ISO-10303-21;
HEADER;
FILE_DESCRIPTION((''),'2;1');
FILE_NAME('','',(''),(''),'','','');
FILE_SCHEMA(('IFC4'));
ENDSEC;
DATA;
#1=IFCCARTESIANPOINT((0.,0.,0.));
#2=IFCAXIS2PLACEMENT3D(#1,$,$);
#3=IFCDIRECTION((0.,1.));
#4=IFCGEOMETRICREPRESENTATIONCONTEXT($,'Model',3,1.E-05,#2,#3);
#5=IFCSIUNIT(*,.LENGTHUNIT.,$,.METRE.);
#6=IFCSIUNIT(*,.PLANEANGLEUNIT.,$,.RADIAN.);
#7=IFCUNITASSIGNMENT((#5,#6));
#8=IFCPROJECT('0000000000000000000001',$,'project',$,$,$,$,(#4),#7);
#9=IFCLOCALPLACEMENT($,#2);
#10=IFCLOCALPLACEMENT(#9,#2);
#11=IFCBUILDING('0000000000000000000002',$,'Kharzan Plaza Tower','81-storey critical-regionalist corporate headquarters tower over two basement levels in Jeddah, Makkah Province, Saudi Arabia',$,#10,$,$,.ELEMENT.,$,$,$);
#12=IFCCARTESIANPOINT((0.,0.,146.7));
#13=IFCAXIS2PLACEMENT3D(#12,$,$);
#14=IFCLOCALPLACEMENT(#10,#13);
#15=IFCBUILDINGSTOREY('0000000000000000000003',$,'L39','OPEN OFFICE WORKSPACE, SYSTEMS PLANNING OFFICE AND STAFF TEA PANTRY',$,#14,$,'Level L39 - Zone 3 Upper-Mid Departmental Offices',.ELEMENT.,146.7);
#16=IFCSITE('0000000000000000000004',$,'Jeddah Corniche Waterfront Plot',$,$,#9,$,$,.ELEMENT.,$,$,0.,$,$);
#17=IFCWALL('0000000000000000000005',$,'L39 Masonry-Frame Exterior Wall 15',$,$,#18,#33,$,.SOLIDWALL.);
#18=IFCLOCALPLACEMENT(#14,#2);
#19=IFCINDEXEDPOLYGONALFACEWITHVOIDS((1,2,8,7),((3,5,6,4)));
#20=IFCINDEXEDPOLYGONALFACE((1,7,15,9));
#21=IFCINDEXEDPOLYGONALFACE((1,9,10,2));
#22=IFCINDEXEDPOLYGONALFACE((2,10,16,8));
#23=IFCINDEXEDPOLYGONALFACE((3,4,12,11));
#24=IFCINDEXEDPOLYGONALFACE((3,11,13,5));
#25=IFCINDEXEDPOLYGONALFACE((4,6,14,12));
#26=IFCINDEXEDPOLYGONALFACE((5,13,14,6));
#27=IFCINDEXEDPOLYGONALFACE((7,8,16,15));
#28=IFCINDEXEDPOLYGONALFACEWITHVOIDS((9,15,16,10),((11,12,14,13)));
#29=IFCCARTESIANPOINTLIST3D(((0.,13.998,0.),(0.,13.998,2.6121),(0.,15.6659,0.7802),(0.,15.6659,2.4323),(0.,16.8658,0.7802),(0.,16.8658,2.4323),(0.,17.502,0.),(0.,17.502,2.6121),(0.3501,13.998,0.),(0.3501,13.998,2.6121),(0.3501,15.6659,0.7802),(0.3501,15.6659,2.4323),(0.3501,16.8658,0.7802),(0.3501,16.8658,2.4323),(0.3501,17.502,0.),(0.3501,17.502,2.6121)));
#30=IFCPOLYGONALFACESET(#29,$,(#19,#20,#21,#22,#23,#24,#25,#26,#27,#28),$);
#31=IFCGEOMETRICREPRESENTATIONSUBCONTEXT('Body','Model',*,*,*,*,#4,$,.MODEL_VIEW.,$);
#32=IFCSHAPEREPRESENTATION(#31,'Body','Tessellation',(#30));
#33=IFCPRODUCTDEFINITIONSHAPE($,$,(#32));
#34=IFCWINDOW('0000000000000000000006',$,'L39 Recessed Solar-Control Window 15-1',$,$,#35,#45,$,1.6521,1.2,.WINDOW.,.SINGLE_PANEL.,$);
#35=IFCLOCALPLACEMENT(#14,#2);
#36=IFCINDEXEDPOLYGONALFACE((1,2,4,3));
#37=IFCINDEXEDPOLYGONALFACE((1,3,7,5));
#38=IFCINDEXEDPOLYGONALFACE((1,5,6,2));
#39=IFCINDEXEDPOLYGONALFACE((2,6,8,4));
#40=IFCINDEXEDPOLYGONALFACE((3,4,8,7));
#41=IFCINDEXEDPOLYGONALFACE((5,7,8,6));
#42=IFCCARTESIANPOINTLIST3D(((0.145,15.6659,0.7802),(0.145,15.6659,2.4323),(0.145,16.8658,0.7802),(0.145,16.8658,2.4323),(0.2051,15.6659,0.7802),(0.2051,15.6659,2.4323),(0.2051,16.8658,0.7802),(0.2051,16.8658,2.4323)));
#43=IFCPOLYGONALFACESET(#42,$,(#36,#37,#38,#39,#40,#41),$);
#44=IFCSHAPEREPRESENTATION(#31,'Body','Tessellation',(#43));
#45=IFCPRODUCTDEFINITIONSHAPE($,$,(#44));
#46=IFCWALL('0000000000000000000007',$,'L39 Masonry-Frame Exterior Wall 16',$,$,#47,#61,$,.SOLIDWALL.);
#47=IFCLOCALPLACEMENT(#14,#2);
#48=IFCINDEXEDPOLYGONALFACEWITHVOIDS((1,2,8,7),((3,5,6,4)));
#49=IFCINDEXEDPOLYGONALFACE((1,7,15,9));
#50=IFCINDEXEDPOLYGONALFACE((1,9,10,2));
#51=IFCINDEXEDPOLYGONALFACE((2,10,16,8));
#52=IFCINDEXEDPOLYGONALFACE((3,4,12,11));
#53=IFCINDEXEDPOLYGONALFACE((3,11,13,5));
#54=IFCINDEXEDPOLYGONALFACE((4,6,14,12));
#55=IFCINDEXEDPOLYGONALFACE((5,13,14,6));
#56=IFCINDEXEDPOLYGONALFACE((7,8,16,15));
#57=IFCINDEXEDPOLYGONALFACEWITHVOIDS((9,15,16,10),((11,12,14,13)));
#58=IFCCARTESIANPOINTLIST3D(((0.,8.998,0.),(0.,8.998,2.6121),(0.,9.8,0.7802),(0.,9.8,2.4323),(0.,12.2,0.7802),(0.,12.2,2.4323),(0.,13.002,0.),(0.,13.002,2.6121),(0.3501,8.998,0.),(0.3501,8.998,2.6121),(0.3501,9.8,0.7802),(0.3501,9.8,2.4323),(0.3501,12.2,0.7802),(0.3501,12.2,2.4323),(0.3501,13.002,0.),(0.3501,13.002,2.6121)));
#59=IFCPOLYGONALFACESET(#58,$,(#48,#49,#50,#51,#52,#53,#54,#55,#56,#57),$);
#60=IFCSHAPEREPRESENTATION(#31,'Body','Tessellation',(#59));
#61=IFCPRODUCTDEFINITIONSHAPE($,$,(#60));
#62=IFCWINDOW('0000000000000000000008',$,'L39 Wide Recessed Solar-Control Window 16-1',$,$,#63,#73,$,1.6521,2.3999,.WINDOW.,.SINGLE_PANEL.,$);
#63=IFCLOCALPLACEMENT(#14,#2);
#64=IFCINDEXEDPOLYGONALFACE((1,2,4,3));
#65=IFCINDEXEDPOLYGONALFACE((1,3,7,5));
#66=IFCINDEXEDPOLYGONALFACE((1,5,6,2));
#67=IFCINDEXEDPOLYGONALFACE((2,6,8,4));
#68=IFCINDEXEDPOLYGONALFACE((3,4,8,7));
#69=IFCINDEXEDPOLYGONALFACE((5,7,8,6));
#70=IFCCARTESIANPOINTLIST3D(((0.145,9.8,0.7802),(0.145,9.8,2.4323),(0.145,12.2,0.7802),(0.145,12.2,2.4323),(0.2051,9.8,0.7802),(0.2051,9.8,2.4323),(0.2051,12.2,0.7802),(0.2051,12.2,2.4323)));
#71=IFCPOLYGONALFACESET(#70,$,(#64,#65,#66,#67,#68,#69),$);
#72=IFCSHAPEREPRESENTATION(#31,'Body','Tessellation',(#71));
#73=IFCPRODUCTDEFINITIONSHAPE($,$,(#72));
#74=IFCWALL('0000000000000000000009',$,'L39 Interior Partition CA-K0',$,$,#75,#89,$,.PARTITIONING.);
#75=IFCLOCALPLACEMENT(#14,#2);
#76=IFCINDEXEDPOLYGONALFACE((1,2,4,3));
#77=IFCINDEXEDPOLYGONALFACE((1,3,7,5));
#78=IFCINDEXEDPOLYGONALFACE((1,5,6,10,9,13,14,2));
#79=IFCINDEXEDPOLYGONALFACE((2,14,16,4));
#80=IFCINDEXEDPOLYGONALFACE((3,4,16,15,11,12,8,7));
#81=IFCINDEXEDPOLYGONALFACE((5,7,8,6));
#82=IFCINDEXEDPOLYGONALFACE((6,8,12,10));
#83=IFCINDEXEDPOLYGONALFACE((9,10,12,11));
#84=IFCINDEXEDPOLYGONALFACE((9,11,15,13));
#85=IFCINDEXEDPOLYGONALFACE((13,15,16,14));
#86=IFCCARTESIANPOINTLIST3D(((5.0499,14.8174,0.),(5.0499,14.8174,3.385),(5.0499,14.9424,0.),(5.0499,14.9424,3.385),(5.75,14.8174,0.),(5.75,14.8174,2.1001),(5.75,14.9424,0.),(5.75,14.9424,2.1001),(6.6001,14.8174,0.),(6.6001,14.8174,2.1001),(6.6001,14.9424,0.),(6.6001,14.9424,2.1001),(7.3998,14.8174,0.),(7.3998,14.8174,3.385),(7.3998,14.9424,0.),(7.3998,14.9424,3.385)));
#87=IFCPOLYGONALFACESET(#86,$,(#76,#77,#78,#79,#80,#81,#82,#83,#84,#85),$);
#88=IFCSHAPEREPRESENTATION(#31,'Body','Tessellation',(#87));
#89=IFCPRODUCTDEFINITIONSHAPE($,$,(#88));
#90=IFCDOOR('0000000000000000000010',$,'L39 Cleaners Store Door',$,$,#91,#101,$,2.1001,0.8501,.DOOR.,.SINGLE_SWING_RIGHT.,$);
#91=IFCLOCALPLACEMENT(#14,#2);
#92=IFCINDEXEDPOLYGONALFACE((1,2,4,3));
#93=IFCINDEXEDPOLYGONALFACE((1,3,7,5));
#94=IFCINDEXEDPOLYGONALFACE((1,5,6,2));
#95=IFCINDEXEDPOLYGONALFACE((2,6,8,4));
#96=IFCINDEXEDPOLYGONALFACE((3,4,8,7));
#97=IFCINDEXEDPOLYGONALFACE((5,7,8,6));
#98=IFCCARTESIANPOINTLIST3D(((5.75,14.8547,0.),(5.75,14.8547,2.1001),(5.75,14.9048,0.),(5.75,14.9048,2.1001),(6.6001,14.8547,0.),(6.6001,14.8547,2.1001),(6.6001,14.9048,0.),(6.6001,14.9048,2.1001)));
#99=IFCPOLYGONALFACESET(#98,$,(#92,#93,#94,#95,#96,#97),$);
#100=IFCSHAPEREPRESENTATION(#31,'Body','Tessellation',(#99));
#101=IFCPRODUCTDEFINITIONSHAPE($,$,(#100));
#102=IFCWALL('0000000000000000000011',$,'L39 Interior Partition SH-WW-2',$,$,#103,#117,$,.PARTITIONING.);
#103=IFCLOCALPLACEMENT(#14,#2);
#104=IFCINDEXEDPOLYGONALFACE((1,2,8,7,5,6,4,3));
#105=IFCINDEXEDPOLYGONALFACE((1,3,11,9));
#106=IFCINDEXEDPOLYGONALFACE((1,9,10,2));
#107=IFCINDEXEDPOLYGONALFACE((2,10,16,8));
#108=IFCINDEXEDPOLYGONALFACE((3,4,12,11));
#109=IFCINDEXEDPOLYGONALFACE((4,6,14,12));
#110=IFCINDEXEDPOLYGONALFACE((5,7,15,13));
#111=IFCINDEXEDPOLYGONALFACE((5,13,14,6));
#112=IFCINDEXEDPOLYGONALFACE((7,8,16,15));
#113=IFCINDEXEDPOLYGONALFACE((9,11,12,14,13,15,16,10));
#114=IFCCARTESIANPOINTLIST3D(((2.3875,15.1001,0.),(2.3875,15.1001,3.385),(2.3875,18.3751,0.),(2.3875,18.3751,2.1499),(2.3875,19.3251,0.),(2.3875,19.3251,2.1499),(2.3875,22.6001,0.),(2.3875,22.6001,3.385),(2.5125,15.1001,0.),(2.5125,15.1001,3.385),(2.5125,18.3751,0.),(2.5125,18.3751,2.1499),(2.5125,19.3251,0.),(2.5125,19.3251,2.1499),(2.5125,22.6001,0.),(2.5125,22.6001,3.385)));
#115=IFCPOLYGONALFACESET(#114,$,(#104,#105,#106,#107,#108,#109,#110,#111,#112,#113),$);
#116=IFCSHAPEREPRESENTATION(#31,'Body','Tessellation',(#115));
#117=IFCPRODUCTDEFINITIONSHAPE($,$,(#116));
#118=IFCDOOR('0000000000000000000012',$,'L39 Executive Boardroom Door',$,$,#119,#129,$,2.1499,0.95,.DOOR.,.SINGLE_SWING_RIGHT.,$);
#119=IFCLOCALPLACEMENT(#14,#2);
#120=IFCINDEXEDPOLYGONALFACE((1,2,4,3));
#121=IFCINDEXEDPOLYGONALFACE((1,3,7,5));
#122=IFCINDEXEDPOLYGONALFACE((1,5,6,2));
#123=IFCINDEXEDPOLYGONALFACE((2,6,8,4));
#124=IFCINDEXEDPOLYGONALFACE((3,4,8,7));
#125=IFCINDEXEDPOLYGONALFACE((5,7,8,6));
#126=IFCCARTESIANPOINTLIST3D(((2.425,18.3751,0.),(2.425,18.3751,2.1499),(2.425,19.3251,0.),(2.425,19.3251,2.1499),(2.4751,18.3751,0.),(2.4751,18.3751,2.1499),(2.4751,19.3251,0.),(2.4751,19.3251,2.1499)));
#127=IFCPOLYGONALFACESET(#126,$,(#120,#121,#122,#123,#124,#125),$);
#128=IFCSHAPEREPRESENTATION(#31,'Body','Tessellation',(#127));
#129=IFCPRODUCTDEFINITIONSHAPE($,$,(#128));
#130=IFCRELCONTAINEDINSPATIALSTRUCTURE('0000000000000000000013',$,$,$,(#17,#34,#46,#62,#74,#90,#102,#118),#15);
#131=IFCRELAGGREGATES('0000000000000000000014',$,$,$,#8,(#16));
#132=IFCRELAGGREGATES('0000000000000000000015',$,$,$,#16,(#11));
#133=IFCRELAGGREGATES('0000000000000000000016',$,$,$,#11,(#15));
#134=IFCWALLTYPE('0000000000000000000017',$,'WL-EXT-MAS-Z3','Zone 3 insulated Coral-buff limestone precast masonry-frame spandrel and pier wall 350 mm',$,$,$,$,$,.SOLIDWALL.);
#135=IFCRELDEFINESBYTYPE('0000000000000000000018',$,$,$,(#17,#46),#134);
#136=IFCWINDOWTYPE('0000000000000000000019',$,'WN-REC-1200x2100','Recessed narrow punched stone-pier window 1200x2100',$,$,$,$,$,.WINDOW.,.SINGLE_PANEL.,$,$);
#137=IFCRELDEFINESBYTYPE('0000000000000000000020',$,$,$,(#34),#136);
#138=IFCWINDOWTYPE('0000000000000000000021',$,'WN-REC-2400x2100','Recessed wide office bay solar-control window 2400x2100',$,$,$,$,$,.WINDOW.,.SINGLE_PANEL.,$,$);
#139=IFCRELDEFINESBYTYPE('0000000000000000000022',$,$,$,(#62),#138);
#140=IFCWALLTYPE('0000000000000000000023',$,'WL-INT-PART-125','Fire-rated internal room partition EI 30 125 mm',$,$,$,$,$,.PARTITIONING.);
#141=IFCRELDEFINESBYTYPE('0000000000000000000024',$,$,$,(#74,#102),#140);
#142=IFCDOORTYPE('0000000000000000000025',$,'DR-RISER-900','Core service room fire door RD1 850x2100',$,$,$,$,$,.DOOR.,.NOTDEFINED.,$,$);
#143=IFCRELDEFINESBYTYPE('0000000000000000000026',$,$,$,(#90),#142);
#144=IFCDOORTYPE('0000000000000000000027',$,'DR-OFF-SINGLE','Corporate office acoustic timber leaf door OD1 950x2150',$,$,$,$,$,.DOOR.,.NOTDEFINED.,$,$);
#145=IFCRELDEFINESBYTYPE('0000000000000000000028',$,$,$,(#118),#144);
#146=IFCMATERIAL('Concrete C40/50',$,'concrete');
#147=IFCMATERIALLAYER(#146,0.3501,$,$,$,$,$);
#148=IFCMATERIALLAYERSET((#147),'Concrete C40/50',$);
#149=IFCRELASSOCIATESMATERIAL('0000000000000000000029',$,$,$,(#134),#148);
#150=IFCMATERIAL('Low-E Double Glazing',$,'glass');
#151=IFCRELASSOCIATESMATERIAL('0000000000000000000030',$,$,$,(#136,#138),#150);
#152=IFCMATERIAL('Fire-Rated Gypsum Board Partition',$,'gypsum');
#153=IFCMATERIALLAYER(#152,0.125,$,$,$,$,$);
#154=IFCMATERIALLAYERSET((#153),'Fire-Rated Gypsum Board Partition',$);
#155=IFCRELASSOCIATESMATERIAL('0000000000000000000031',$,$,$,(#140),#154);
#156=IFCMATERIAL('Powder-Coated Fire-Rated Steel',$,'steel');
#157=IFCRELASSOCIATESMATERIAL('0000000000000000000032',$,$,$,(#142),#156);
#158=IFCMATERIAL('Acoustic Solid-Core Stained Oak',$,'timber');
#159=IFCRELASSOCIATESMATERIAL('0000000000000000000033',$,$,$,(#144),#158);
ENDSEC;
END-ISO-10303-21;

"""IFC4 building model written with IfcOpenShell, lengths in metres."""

from ifc_helpers import new_model, si_unit, direction, frame, frame_2d, origin, place, context, subcontext, project, spatial, rectangle, extrude, source, transform, mapped, material, layer, layer_set, type_object, element, fill, save


model = new_model("IFC4")

# Units and contexts
model_context = context("Model", 3, precision=1e-05, world=origin(), true_north=direction((0.0, 1.0)))
body_context = subcontext(model_context, "Body", "Model", "MODEL_VIEW")
ifc_project = project(units=[si_unit("LENGTHUNIT", "METRE"), si_unit("PLANEANGLEUNIT", "RADIAN")], contexts=[model_context])

# Site, building, storey
site_placement = place(None, origin())
site = spatial("IfcSite", under=ifc_project, at=site_placement, Name="Jeddah Corniche Waterfront Plot", CompositionType="ELEMENT", RefElevation=0.0)
building_placement = place(site_placement, origin())
building = spatial("IfcBuilding", under=site, at=building_placement, Name="Kharzan Plaza Tower", Description="81-storey critical-regionalist corporate headquarters tower over two basement levels in Jeddah, Makkah Province, Saudi Arabia", CompositionType="ELEMENT")
storey_placement = place(building_placement, frame((0.0, 0.0, 146.7)))
storey = spatial("IfcBuildingStorey", under=building, at=storey_placement, Name="L39", Description="OPEN OFFICE WORKSPACE, SYSTEMS PLANNING OFFICE AND STAFF TEA PANTRY", LongName="Level L39 - Zone 3 Upper-Mid Departmental Offices", CompositionType="ELEMENT", Elevation=146.7)

# Walls, openings, windows
ifc_material_1 = material(Name="Concrete C40/50", Category="concrete")
ifc_layer_1 = layer(ifc_material_1, 0.3501)
ifc_layer_set_1 = layer_set([ifc_layer_1], Name="Concrete C40/50")
wall_type_1 = type_object("IfcWallType", Name="WL-EXT-MAS-Z3", Description="Zone 3 insulated Coral-buff limestone precast masonry-frame spandrel and pier wall 350 mm", PredefinedType="SOLIDWALL", material=ifc_layer_set_1)
wall_1_placement = place(storey_placement, frame((0.175, 17.502, 0.0), z_axis=(0.0, 0.0, 1.0), x_axis=(0.0, -1.0, 0.0)))
wall_1 = element("IfcWall", 1, at=wall_1_placement, inside=storey, type_object=wall_type_1, Name="L39 Masonry-Frame Exterior Wall 15", PredefinedType="SOLIDWALL", context=body_context, shape_type="SweptSolid", body=[
    extrude(rectangle(XDim=3.5039, YDim=0.3501, at=frame_2d((1.752, 0.0))), origin(), (0.0, 0.0, 1.0), 2.6121),
])
opening_1_placement = place(wall_1_placement, frame((0.636, 0.0, 0.78)))
opening_1 = element("IfcOpeningElement", 2, at=opening_1_placement, cuts=wall_1, PredefinedType="OPENING", context=body_context, shape_type="SweptSolid", body=[
    extrude(rectangle(XDim=1.2, YDim=1.6521, at=frame_2d((0.6001, 0.8262))), frame((0.0, 0.1851, 0.0), z_axis=(0.0, -1.0, 0.0), x_axis=(1.0, 0.0, 0.0)), (0.0, 0.0, 1.0), 0.3701),
])
ifc_material_2 = material(Name="Low-E Double Glazing", Category="glass")
window_type_1 = type_object("IfcWindowType", Name="WN-REC-1200x2100", Description="Recessed narrow punched stone-pier window 1200x2100", PartitioningType="SINGLE_PANEL", PredefinedType="WINDOW", material=ifc_material_2)
shared_shape_1 = source(origin(), body_context, "Body", "SweptSolid", [
    extrude(rectangle(XDim=1.2, YDim=1.6521, at=frame_2d((0.6001, 0.8262))), frame((0.0, 0.03, 0.0), z_axis=(0.0, -1.0, 0.0), x_axis=(1.0, 0.0, 0.0)), (0.0, 0.0, 1.0), 0.0601),
])
window_1_placement = place(opening_1_placement, origin())
window_1 = element("IfcWindow", 3, at=window_1_placement, inside=storey, type_object=window_type_1, Name="L39 Recessed Solar-Control Window 15-1", OverallHeight=1.6521, OverallWidth=1.2, PartitioningType="SINGLE_PANEL", PredefinedType="WINDOW", context=body_context, shape_type="MappedRepresentation", body=[
    mapped(shared_shape_1, transform((0.0, 0.0, 0.0), x_axis=(1.0, 0.0, 0.0), y_axis=(0.0, 1.0, 0.0), z_axis=(0.0, 0.0, 1.0))),
])
fill(opening_1, window_1)
wall_2_placement = place(storey_placement, frame((0.175, 13.002, 0.0), z_axis=(0.0, 0.0, 1.0), x_axis=(0.0, -1.0, 0.0)))
wall_2 = element("IfcWall", 4, at=wall_2_placement, inside=storey, type_object=wall_type_1, Name="L39 Masonry-Frame Exterior Wall 16", PredefinedType="SOLIDWALL", context=body_context, shape_type="SweptSolid", body=[
    extrude(rectangle(XDim=4.0039, YDim=0.3501, at=frame_2d((2.002, 0.0))), origin(), (0.0, 0.0, 1.0), 2.6121),
])
opening_2_placement = place(wall_2_placement, frame((0.802, 0.0, 0.78)))
opening_2 = element("IfcOpeningElement", 5, at=opening_2_placement, cuts=wall_2, PredefinedType="OPENING", context=body_context, shape_type="SweptSolid", body=[
    extrude(rectangle(XDim=2.3999, YDim=1.6521, at=frame_2d((1.2, 0.8262))), frame((0.0, 0.1851, 0.0), z_axis=(0.0, -1.0, 0.0), x_axis=(1.0, 0.0, 0.0)), (0.0, 0.0, 1.0), 0.3701),
])
window_type_2 = type_object("IfcWindowType", Name="WN-REC-2400x2100", Description="Recessed wide office bay solar-control window 2400x2100", PartitioningType="SINGLE_PANEL", PredefinedType="WINDOW", material=ifc_material_2)
shared_shape_2 = source(origin(), body_context, "Body", "SweptSolid", [
    extrude(rectangle(XDim=2.3999, YDim=1.6521, at=frame_2d((1.2, 0.8262))), frame((0.0, 0.03, 0.0), z_axis=(0.0, -1.0, 0.0), x_axis=(1.0, 0.0, 0.0)), (0.0, 0.0, 1.0), 0.0601),
])
window_2_placement = place(opening_2_placement, origin())
window_2 = element("IfcWindow", 6, at=window_2_placement, inside=storey, type_object=window_type_2, Name="L39 Wide Recessed Solar-Control Window 16-1", OverallHeight=1.6521, OverallWidth=2.3999, PartitioningType="SINGLE_PANEL", PredefinedType="WINDOW", context=body_context, shape_type="MappedRepresentation", body=[
    mapped(shared_shape_2, transform((0.0, 0.0, 0.0), x_axis=(1.0, 0.0, 0.0), y_axis=(0.0, 1.0, 0.0), z_axis=(0.0, 0.0, 1.0))),
])
fill(opening_2, window_2)

# Walls, openings, doors
ifc_material_3 = material(Name="Fire-Rated Gypsum Board Partition", Category="gypsum")
ifc_layer_2 = layer(ifc_material_3, 0.125)
ifc_layer_set_2 = layer_set([ifc_layer_2], Name="Fire-Rated Gypsum Board Partition")
wall_type_2 = type_object("IfcWallType", Name="WL-INT-PART-125", Description="Fire-rated internal room partition EI 30 125 mm", PredefinedType="PARTITIONING", material=ifc_layer_set_2)
wall_3_placement = place(storey_placement, frame((5.05, 14.8799, 0.0), z_axis=(0.0, 0.0, 1.0), x_axis=(1.0, 0.0, 0.0)))
wall_3 = element("IfcWall", 7, at=wall_3_placement, inside=storey, type_object=wall_type_2, Name="L39 Interior Partition CA-K0", PredefinedType="PARTITIONING", context=body_context, shape_type="SweptSolid", body=[
    extrude(rectangle(XDim=2.3499, YDim=0.125, at=frame_2d((1.1748, 0.0))), origin(), (0.0, 0.0, 1.0), 3.385),
])
opening_3_placement = place(wall_3_placement, frame((0.7, 0.0, 0.0)))
opening_3 = element("IfcOpeningElement", 8, at=opening_3_placement, cuts=wall_3, PredefinedType="OPENING", context=body_context, shape_type="SweptSolid", body=[
    extrude(rectangle(XDim=0.8501, YDim=2.1001, at=frame_2d((0.425, 1.05))), frame((0.0, 0.0725, 0.0), z_axis=(0.0, -1.0, 0.0), x_axis=(1.0, 0.0, 0.0)), (0.0, 0.0, 1.0), 0.145),
])
ifc_material_4 = material(Name="Powder-Coated Fire-Rated Steel", Category="steel")
door_type_1 = type_object("IfcDoorType", Name="DR-RISER-900", Description="Core service room fire door RD1 850x2100", OperationType="NOTDEFINED", PredefinedType="DOOR", material=ifc_material_4)
shared_shape_3 = source(origin(), body_context, "Body", "SweptSolid", [
    extrude(rectangle(XDim=0.8501, YDim=2.1001, at=frame_2d((0.425, 1.05))), frame((0.0, 0.0249, 0.0), z_axis=(0.0, -1.0, 0.0), x_axis=(1.0, 0.0, 0.0)), (0.0, 0.0, 1.0), 0.05),
])
door_1_placement = place(opening_3_placement, origin())
door_1 = element("IfcDoor", 9, at=door_1_placement, inside=storey, type_object=door_type_1, Name="L39 Cleaners Store Door", OperationType="SINGLE_SWING_RIGHT", OverallHeight=2.1001, OverallWidth=0.8501, PredefinedType="DOOR", context=body_context, shape_type="MappedRepresentation", body=[
    mapped(shared_shape_3, transform((0.0, 0.0, 0.0), x_axis=(1.0, 0.0, 0.0), y_axis=(0.0, 1.0, 0.0), z_axis=(0.0, 0.0, 1.0))),
])
fill(opening_3, door_1)
wall_4_placement = place(storey_placement, frame((2.45, 15.1001, 0.0), z_axis=(0.0, 0.0, 1.0), x_axis=(0.0, 1.0, 0.0)))
wall_4 = element("IfcWall", 10, at=wall_4_placement, inside=storey, type_object=wall_type_2, Name="L39 Interior Partition SH-WW-2", PredefinedType="PARTITIONING", context=body_context, shape_type="SweptSolid", body=[
    extrude(rectangle(XDim=7.5, YDim=0.125, at=frame_2d((3.75, 0.0))), origin(), (0.0, 0.0, 1.0), 3.385),
])
opening_4_placement = place(wall_4_placement, frame((3.2749, 0.0, 0.0)))
opening_4 = element("IfcOpeningElement", 11, at=opening_4_placement, cuts=wall_4, PredefinedType="OPENING", context=body_context, shape_type="SweptSolid", body=[
    extrude(rectangle(XDim=0.95, YDim=2.1499, at=frame_2d((0.4751, 1.075))), frame((0.0, 0.0725, 0.0), z_axis=(0.0, -1.0, 0.0), x_axis=(1.0, 0.0, 0.0)), (0.0, 0.0, 1.0), 0.145),
])
ifc_material_5 = material(Name="Acoustic Solid-Core Stained Oak", Category="timber")
door_type_2 = type_object("IfcDoorType", Name="DR-OFF-SINGLE", Description="Corporate office acoustic timber leaf door OD1 950x2150", OperationType="NOTDEFINED", PredefinedType="DOOR", material=ifc_material_5)
shared_shape_4 = source(origin(), body_context, "Body", "SweptSolid", [
    extrude(rectangle(XDim=0.95, YDim=2.1499, at=frame_2d((0.4751, 1.075))), frame((0.0, 0.0249, 0.0), z_axis=(0.0, -1.0, 0.0), x_axis=(1.0, 0.0, 0.0)), (0.0, 0.0, 1.0), 0.05),
])
door_2_placement = place(opening_4_placement, origin())
door_2 = element("IfcDoor", 12, at=door_2_placement, inside=storey, type_object=door_type_2, Name="L39 Executive Boardroom Door", OperationType="SINGLE_SWING_RIGHT", OverallHeight=2.1499, OverallWidth=0.95, PredefinedType="DOOR", context=body_context, shape_type="MappedRepresentation", body=[
    mapped(shared_shape_4, transform((0.0, 0.0, 0.0), x_axis=(1.0, 0.0, 0.0), y_axis=(0.0, 1.0, 0.0), z_axis=(0.0, 0.0, 1.0))),
])
fill(opening_4, door_2)

save(model, "model.ifc")
